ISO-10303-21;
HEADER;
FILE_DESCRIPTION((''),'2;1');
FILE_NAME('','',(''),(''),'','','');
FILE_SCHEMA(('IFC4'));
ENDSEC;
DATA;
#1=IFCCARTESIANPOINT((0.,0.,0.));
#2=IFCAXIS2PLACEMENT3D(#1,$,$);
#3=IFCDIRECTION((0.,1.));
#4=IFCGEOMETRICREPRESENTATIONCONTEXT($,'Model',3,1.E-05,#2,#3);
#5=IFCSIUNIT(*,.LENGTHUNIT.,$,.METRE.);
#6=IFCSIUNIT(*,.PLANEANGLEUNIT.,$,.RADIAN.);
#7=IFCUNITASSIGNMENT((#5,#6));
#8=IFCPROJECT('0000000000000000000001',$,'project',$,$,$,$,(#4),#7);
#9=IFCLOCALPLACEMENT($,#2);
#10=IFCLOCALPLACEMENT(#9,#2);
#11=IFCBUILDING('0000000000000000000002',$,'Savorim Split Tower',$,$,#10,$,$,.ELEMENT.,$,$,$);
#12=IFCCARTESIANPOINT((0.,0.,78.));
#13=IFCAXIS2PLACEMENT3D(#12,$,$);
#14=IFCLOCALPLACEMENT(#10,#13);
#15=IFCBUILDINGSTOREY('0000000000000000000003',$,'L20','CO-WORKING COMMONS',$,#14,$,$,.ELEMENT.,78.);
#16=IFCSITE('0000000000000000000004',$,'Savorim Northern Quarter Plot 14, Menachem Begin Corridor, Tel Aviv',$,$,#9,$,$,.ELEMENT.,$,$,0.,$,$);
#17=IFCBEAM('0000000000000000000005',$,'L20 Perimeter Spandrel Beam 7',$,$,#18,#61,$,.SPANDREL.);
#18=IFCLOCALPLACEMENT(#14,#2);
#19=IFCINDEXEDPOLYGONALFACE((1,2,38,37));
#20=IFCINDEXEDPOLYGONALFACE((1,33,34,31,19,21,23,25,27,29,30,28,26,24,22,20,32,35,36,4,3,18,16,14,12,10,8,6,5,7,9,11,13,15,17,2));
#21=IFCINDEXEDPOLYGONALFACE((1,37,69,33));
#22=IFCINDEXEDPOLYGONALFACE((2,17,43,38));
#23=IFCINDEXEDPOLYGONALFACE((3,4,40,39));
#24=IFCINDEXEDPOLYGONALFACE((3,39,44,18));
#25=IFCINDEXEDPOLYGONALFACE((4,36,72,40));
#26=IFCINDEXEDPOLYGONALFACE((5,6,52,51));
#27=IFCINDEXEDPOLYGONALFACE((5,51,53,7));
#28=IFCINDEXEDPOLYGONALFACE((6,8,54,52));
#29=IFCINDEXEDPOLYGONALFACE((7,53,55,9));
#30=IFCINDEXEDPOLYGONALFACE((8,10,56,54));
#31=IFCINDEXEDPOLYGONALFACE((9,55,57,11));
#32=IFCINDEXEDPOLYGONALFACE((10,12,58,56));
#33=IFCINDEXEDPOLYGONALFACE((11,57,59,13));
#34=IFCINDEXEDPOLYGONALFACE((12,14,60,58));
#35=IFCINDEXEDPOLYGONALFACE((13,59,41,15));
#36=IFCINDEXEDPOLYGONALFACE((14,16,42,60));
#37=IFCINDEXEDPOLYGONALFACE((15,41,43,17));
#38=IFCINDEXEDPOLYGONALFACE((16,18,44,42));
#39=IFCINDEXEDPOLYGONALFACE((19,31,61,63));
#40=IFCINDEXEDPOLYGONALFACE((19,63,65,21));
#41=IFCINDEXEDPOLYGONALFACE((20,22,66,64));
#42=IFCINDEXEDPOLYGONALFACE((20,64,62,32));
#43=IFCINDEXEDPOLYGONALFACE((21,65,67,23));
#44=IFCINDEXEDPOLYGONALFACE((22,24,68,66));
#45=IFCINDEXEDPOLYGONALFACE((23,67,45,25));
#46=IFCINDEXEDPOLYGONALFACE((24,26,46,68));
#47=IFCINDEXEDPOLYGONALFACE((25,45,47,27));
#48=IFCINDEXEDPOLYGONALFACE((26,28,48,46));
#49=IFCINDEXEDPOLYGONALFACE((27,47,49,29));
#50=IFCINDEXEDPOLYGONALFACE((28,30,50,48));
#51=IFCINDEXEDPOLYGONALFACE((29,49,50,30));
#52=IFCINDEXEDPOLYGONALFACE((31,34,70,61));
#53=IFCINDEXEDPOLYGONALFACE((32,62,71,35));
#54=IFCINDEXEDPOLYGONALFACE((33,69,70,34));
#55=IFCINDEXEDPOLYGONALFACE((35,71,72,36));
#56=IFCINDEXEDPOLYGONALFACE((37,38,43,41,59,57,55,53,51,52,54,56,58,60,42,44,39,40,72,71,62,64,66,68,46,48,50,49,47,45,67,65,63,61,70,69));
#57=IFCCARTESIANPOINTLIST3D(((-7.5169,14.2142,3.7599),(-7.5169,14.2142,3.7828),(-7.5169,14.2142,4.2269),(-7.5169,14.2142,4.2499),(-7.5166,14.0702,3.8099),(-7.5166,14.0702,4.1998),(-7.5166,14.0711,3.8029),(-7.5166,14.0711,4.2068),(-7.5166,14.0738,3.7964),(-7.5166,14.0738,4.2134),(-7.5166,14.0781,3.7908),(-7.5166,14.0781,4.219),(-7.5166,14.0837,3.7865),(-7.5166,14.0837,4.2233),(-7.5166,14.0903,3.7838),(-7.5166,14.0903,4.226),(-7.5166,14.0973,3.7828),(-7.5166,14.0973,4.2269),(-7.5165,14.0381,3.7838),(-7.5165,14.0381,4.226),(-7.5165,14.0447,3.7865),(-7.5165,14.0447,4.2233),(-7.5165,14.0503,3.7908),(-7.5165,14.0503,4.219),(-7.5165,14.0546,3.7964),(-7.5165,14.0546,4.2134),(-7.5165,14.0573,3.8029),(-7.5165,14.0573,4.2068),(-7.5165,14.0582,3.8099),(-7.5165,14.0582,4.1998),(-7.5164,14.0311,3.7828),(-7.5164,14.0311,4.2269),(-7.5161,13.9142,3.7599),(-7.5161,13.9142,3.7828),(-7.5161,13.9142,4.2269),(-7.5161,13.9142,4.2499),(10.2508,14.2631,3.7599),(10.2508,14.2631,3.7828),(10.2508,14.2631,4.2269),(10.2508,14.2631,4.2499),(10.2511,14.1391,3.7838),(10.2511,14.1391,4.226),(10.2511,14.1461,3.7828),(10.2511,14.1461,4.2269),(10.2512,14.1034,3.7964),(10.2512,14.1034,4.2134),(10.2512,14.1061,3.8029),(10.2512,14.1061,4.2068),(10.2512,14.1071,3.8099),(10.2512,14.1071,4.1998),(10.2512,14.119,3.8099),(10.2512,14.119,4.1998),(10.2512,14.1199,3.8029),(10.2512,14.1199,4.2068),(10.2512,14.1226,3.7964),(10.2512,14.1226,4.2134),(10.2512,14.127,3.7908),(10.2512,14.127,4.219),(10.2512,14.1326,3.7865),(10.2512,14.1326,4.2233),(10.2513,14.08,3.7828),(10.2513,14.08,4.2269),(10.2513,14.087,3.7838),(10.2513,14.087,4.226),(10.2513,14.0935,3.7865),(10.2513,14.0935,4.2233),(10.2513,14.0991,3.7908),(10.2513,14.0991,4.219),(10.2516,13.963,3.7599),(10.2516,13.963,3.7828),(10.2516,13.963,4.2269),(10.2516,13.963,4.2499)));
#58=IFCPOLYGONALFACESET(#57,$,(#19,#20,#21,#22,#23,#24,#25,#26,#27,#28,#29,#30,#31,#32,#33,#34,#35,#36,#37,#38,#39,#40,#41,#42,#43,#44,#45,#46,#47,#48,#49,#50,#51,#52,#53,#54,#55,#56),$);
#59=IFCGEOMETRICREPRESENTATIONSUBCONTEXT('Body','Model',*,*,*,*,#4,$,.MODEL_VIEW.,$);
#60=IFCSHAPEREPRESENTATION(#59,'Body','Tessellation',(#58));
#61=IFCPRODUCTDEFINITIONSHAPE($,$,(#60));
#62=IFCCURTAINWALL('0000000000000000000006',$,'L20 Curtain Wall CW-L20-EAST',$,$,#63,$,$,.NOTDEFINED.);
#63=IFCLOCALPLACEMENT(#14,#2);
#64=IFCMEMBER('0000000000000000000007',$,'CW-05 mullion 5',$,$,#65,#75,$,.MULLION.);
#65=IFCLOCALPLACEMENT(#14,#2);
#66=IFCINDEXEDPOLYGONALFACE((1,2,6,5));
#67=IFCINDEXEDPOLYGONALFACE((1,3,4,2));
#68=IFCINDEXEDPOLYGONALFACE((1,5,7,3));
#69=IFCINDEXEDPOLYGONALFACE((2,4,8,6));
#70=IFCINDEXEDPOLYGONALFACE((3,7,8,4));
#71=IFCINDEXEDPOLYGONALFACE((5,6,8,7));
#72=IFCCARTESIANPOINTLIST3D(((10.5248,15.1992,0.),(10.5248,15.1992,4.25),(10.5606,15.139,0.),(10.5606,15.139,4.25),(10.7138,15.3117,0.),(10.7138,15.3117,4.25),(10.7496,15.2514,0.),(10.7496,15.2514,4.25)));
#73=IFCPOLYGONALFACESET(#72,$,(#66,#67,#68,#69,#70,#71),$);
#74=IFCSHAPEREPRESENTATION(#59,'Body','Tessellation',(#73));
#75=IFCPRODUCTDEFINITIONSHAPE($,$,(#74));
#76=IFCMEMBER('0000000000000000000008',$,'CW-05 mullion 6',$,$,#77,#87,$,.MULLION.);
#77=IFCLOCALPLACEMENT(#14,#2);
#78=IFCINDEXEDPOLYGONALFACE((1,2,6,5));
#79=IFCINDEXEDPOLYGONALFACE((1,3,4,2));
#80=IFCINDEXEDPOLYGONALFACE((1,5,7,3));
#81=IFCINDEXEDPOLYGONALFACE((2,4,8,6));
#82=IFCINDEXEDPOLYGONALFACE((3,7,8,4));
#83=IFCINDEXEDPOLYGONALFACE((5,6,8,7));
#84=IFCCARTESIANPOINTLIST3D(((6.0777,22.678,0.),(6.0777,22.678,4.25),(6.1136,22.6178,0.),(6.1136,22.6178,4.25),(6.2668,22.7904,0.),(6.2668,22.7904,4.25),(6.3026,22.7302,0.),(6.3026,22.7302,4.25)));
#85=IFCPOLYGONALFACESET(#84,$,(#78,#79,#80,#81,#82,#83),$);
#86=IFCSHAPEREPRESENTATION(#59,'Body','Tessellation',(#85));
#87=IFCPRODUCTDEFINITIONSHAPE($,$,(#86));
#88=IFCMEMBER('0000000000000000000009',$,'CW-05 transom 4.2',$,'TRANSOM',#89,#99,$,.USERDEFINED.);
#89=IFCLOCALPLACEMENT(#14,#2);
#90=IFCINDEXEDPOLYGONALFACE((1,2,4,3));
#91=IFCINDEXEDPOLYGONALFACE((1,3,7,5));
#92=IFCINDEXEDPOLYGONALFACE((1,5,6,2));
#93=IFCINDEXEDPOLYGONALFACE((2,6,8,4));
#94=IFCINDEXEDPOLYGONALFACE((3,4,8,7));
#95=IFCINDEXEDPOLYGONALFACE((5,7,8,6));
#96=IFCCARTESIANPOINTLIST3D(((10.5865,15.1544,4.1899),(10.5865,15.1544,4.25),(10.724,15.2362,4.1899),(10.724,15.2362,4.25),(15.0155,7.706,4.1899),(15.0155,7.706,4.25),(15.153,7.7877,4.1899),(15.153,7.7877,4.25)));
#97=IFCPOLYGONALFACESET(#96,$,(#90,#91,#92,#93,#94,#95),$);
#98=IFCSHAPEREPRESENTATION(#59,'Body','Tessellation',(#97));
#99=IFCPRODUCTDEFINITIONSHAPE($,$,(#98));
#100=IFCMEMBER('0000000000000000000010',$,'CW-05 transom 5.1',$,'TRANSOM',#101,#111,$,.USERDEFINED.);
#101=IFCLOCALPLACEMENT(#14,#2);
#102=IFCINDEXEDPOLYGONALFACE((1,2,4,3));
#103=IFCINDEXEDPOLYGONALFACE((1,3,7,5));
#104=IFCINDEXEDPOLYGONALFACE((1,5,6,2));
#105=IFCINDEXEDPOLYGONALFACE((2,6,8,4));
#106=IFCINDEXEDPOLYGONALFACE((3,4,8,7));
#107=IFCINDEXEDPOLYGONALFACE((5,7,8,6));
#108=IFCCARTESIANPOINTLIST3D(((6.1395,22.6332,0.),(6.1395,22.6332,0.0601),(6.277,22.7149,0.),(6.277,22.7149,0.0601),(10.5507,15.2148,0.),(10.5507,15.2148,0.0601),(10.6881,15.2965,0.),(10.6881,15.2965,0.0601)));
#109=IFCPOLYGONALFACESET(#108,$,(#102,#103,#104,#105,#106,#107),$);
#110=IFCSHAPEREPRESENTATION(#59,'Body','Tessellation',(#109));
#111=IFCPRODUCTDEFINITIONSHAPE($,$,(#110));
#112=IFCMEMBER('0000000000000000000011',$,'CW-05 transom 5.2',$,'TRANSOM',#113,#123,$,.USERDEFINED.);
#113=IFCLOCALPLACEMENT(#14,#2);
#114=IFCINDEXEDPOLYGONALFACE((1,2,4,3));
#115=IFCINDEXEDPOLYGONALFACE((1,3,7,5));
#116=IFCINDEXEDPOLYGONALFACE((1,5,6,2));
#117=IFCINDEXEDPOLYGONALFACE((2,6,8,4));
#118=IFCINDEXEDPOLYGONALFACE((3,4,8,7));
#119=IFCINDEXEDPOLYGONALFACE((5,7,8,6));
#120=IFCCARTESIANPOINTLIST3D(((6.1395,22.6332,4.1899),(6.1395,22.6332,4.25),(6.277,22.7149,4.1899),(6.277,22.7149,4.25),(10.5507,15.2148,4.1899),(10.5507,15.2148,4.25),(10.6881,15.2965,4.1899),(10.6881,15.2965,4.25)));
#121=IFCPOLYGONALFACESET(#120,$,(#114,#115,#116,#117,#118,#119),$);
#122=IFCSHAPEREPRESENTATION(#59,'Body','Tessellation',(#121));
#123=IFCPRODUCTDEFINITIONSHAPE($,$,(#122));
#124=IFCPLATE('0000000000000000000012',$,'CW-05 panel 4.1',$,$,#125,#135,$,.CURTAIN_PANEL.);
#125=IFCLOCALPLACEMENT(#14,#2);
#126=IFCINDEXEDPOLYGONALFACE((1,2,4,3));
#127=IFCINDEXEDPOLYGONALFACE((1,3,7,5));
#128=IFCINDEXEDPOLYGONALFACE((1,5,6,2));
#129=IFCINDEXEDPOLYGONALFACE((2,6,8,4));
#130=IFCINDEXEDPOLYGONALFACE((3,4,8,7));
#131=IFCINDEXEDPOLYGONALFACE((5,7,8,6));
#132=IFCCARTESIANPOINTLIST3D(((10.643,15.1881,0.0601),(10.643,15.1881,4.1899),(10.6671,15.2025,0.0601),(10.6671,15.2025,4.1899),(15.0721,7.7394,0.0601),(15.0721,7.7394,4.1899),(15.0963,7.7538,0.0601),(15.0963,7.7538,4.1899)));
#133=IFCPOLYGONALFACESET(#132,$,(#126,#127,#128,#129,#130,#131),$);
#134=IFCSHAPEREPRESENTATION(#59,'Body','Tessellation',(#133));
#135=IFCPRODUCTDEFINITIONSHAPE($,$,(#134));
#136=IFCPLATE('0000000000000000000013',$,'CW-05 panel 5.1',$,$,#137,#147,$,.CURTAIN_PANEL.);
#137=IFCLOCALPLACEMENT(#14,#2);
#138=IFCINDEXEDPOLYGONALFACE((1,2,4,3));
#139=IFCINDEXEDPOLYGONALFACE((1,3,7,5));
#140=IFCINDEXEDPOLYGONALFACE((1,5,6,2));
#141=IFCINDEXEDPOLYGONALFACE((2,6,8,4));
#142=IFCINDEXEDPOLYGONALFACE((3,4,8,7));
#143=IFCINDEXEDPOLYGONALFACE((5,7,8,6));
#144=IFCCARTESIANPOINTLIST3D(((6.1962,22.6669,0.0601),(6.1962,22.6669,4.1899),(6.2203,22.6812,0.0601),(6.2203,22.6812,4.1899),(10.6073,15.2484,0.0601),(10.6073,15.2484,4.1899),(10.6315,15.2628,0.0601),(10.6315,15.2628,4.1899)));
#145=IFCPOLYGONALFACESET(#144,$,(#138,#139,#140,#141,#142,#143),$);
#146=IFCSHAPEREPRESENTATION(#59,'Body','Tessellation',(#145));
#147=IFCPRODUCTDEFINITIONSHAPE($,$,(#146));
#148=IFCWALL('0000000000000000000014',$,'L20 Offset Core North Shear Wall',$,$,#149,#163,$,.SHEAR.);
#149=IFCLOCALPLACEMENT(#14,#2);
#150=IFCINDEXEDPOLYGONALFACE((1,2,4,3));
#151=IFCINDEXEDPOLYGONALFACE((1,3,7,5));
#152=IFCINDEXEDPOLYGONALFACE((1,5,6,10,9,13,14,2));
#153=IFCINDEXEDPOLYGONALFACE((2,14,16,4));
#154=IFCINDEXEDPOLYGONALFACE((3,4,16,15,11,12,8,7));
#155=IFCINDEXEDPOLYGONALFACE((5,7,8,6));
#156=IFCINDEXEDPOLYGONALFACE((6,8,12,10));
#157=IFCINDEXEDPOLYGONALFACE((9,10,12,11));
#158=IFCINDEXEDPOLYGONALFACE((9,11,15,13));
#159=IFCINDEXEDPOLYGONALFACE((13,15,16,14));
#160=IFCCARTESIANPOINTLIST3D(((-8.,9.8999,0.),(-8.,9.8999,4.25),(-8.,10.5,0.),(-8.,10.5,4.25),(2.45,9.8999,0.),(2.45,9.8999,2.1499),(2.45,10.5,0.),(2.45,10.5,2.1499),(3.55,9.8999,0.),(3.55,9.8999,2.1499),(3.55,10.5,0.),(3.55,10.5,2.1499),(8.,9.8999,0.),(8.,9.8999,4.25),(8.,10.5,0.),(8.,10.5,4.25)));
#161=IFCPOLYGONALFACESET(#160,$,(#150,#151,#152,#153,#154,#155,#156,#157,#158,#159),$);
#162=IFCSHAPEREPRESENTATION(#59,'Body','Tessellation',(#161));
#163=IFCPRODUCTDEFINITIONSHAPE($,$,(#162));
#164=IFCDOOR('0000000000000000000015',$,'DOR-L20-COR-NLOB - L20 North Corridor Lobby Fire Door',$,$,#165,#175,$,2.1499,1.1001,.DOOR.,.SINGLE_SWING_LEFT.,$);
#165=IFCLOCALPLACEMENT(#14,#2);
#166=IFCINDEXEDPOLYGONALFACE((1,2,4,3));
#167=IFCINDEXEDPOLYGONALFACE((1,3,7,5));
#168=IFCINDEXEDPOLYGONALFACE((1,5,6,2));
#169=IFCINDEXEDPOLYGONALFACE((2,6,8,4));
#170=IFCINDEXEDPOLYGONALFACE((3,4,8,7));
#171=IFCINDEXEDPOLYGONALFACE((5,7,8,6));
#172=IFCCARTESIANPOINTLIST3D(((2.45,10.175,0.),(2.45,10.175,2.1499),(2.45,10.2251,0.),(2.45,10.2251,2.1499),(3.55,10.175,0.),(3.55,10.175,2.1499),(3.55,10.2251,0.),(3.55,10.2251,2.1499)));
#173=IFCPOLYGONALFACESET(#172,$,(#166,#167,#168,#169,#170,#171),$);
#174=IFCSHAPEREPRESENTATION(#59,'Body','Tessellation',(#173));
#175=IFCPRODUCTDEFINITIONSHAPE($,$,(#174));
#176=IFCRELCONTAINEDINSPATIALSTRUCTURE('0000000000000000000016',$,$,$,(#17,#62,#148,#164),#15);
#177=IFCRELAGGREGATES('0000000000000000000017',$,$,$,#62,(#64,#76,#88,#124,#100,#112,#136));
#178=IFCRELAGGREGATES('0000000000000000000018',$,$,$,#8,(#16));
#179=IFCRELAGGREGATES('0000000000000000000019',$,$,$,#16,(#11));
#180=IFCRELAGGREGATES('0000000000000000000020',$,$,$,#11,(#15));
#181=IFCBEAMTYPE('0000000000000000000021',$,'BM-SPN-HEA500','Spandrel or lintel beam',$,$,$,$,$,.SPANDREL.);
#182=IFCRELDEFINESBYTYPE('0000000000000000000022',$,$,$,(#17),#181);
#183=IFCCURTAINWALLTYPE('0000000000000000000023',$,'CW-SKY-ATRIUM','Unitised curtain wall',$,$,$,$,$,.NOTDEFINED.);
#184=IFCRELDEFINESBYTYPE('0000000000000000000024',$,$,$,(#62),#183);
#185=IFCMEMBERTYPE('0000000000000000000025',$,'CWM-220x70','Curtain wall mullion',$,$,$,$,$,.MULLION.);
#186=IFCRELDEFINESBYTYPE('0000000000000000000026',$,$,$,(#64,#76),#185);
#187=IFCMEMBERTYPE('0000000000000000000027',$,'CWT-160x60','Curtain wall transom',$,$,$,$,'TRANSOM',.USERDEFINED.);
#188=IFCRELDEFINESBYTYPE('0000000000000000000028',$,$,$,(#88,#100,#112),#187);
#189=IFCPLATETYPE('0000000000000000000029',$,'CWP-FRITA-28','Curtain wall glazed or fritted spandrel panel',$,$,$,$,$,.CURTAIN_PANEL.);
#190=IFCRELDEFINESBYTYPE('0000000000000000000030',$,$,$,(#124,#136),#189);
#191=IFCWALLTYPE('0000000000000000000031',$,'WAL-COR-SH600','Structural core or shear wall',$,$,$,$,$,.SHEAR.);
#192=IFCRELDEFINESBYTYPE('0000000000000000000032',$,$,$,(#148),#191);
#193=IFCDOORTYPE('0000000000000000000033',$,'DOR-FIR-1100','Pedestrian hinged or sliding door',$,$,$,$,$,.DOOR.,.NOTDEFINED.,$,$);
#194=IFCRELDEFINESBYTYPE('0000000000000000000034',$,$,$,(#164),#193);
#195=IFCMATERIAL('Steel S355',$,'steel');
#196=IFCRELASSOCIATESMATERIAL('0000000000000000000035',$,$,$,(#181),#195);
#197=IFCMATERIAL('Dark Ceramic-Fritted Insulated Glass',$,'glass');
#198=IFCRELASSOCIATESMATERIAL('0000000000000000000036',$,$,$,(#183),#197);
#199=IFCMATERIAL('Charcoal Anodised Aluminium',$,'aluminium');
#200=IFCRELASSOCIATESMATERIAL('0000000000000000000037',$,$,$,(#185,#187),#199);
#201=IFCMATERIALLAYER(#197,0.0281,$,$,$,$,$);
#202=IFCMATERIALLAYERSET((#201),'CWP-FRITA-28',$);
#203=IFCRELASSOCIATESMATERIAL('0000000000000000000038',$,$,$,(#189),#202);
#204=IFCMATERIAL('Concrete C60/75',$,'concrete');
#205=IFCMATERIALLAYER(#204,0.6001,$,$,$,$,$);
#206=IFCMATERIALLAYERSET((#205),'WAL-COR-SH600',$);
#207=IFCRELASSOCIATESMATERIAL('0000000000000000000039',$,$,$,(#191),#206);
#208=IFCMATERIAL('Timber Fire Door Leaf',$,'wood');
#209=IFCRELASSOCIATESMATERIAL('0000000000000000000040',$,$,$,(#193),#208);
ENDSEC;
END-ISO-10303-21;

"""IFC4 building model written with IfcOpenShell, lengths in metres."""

from ifc_helpers import new_model, si_unit, direction, frame, frame_2d, origin, origin_2d, place, context, subcontext, project, spatial, rectangle, i_section, extrude, material, layer, layer_set, material_profile, profile_set, type_object, element, fill, aggregate, save


model = new_model("IFC4")

# Units and contexts
model_context = context("Model", 3, precision=1e-05, world=origin(), true_north=direction((0.0, 1.0)))
body_context = subcontext(model_context, "Body", "Model", "MODEL_VIEW")
ifc_project = project(units=[si_unit("LENGTHUNIT", "METRE"), si_unit("PLANEANGLEUNIT", "RADIAN")], contexts=[model_context])

# Site, building, storey
site_placement = place(None, origin())
site = spatial("IfcSite", under=ifc_project, at=site_placement, Name="Savorim Northern Quarter Plot 14, Menachem Begin Corridor, Tel Aviv", CompositionType="ELEMENT", RefElevation=0.0)
building_placement = place(site_placement, origin())
building = spatial("IfcBuilding", under=site, at=building_placement, Name="Savorim Split Tower", CompositionType="ELEMENT")
storey_placement = place(building_placement, frame((0.0, 0.0, 78.0)))
storey = spatial("IfcBuildingStorey", under=building, at=storey_placement, Name="L20", Description="CO-WORKING COMMONS", CompositionType="ELEMENT", Elevation=78.0)

# Beam
ifc_material_1 = material(Name="Steel S355", Category="steel")
ifc_material_profile_1 = material_profile(ifc_material_1, i_section(OverallWidth=0.3, OverallDepth=0.49, WebThickness=0.012, FlangeThickness=0.0229, FilletRadius=0.0271, at=origin_2d()), Name="HEA 500")
ifc_profile_set_1 = profile_set([ifc_material_profile_1], Name="Steel S355")
beam_type_1 = type_object("IfcBeamType", Name="BM-SPN-HEA500", Description="Spandrel or lintel beam", PredefinedType="SPANDREL", material=ifc_profile_set_1)
beam_1_placement = place(storey_placement, frame((10.2512, 14.113, 4.0049), z_axis=(-0.999996, -0.002748, 0.0), x_axis=(0.002748, -0.999996, 0.0)))
element("IfcBeam", 1, at=beam_1_placement, inside=storey, type_object=beam_type_1, Name="L20 Perimeter Spandrel Beam 7", PredefinedType="SPANDREL", context=body_context, shape_type="SweptSolid", body=[
    extrude(i_section(OverallWidth=0.3, OverallDepth=0.49, WebThickness=0.012, FlangeThickness=0.0229, FilletRadius=0.0271, at=origin_2d()), origin(), (0.0, 0.0, 1.0), 17.7678),
])

# Curtain wall, members, plates
ifc_material_2 = material(Name="Dark Ceramic-Fritted Insulated Glass", Category="glass")
curtain_wall_type = type_object("IfcCurtainWallType", Name="CW-SKY-ATRIUM", Description="Unitised curtain wall", PredefinedType="NOTDEFINED", material=ifc_material_2)
curtain_wall_placement = place(storey_placement, origin())
curtain_wall = element("IfcCurtainWall", 2, at=curtain_wall_placement, inside=storey, type_object=curtain_wall_type, Name="L20 Curtain Wall CW-L20-EAST", PredefinedType="NOTDEFINED")
ifc_material_3 = material(Name="Charcoal Anodised Aluminium", Category="aluminium")
ifc_material_profile_2 = material_profile(ifc_material_3, rectangle(XDim=0.22, YDim=0.0701, at=origin_2d()), Name="ALU-M 220x70")
ifc_profile_set_2 = profile_set([ifc_material_profile_2], Name="Charcoal Anodised Aluminium")
member_type_1 = type_object("IfcMemberType", Name="CWM-220x70", Description="Curtain wall mullion", PredefinedType="MULLION", material=ifc_profile_set_2)
member_1_placement = place(storey_placement, frame((10.6372, 15.2253, 0.0), z_axis=(0.0, 0.0, 1.0), x_axis=(-0.859525, -0.511093, 0.0)))
member_1 = element("IfcMember", 3, at=member_1_placement, type_object=member_type_1, Name="CW-05 mullion 5", PredefinedType="MULLION", context=body_context, shape_type="SweptSolid", body=[
    extrude(rectangle(XDim=0.22, YDim=0.0701, at=origin_2d()), origin(), (0.0, 0.0, 1.0), 4.25),
])
member_2_placement = place(storey_placement, frame((6.1902, 22.7041, 0.0), z_axis=(0.0, 0.0, 1.0), x_axis=(-0.859525, -0.511093, 0.0)))
member_2 = element("IfcMember", 4, at=member_2_placement, type_object=member_type_1, Name="CW-05 mullion 6", PredefinedType="MULLION", context=body_context, shape_type="SweptSolid", body=[
    extrude(rectangle(XDim=0.22, YDim=0.0701, at=origin_2d()), origin(), (0.0, 0.0, 1.0), 4.25),
])
ifc_material_profile_3 = material_profile(ifc_material_3, rectangle(XDim=0.1599, YDim=0.0601, at=origin_2d()), Name="ALU-T 160x60")
ifc_profile_set_3 = profile_set([ifc_material_profile_3], Name="Charcoal Anodised Aluminium")
member_type_2 = type_object("IfcMemberType", Name="CWT-160x60", Description="Curtain wall transom", ElementType="TRANSOM", PredefinedType="USERDEFINED", material=ifc_profile_set_3)
member_3_placement = place(storey_placement, frame((15.0842, 7.7468, 4.22), z_axis=(-0.511086, 0.85953, 0.0), x_axis=(-0.85953, -0.511086, 0.0)))
member_3 = element("IfcMember", 5, at=member_3_placement, type_object=member_type_2, Name="CW-05 transom 4.2", ObjectType="TRANSOM", PredefinedType="USERDEFINED", context=body_context, shape_type="SweptSolid", body=[
    extrude(rectangle(XDim=0.1599, YDim=0.0601, at=origin_2d()), origin(), (0.0, 0.0, 1.0), 8.6658),
])
member_4_placement = place(storey_placement, frame((10.6194, 15.2556, 0.03), z_axis=(-0.511089, 0.859528, 0.0), x_axis=(-0.859528, -0.511089, 0.0)))
member_4 = element("IfcMember", 6, at=member_4_placement, type_object=member_type_2, Name="CW-05 transom 5.1", ObjectType="TRANSOM", PredefinedType="USERDEFINED", context=body_context, shape_type="SweptSolid", body=[
    extrude(rectangle(XDim=0.1599, YDim=0.0601, at=origin_2d()), origin(), (0.0, 0.0, 1.0), 8.6309),
])
member_5_placement = place(storey_placement, frame((10.6194, 15.2556, 4.22), z_axis=(-0.511089, 0.859528, 0.0), x_axis=(-0.859528, -0.511089, 0.0)))
member_5 = element("IfcMember", 7, at=member_5_placement, type_object=member_type_2, Name="CW-05 transom 5.2", ObjectType="TRANSOM", PredefinedType="USERDEFINED", context=body_context, shape_type="SweptSolid", body=[
    extrude(rectangle(XDim=0.1599, YDim=0.0601, at=origin_2d()), origin(), (0.0, 0.0, 1.0), 8.6309),
])
ifc_layer_1 = layer(ifc_material_2, 0.0281)
ifc_layer_set_1 = layer_set([ifc_layer_1], Name="CWP-FRITA-28")
plate_type = type_object("IfcPlateType", Name="CWP-FRITA-28", Description="Curtain wall glazed or fritted spandrel panel", PredefinedType="CURTAIN_PANEL", material=ifc_layer_set_1)
plate_1_placement = place(storey_placement, frame((12.8696, 11.4709, 0.0601), z_axis=(0.0, 0.0, 1.0), x_axis=(-0.511093, 0.859525, 0.0)))
plate_1 = element("IfcPlate", 8, at=plate_1_placement, type_object=plate_type, Name="CW-05 panel 4.1", PredefinedType="CURTAIN_PANEL", context=body_context, shape_type="SweptSolid", body=[
    extrude(rectangle(XDim=8.666, YDim=0.0281, at=origin_2d()), origin(), (0.0, 0.0, 1.0), 4.1299),
])
plate_2_placement = place(storey_placement, frame((8.4138, 18.9648, 0.0601), z_axis=(0.0, 0.0, 1.0), x_axis=(-0.511093, 0.859525, 0.0)))
plate_2 = element("IfcPlate", 9, at=plate_2_placement, type_object=plate_type, Name="CW-05 panel 5.1", PredefinedType="CURTAIN_PANEL", context=body_context, shape_type="SweptSolid", body=[
    extrude(rectangle(XDim=8.6309, YDim=0.0281, at=origin_2d()), origin(), (0.0, 0.0, 1.0), 4.1299),
])
aggregate(curtain_wall, [member_1, member_2, member_3, plate_1, member_4, member_5, plate_2])

# Wall, opening, door
ifc_material_4 = material(Name="Concrete C60/75", Category="concrete")
ifc_layer_2 = layer(ifc_material_4, 0.6001)
ifc_layer_set_2 = layer_set([ifc_layer_2], Name="WAL-COR-SH600")
wall_type_1 = type_object("IfcWallType", Name="WAL-COR-SH600", Description="Structural core or shear wall", PredefinedType="SHEAR", material=ifc_layer_set_2)
wall_1_placement = place(storey_placement, frame((8.0, 10.2, 0.0), z_axis=(0.0, 0.0, 1.0), x_axis=(-1.0, 0.0, 0.0)))
wall_1 = element("IfcWall", 10, at=wall_1_placement, inside=storey, type_object=wall_type_1, Name="L20 Offset Core North Shear Wall", PredefinedType="SHEAR", context=body_context, shape_type="SweptSolid", body=[
    extrude(rectangle(XDim=16.0, YDim=0.6001, at=frame_2d((8.0, 0.0))), origin(), (0.0, 0.0, 1.0), 4.25),
])
opening_1_placement = place(wall_1_placement, frame((4.45, 0.0, 0.0)))
opening_1 = element("IfcOpeningElement", 11, at=opening_1_placement, cuts=wall_1, PredefinedType="OPENING", context=body_context, shape_type="SweptSolid", body=[
    extrude(rectangle(XDim=1.1001, YDim=2.1499, at=frame_2d((0.55, 1.075))), frame((0.0, 0.3101, 0.0), z_axis=(0.0, -1.0, 0.0), x_axis=(1.0, 0.0, 0.0)), (0.0, 0.0, 1.0), 0.6201),
])
ifc_material_5 = material(Name="Timber Fire Door Leaf", Category="wood")
door_type_1 = type_object("IfcDoorType", Name="DOR-FIR-1100", Description="Pedestrian hinged or sliding door", OperationType="NOTDEFINED", PredefinedType="DOOR", material=ifc_material_5)
door_1_placement = place(opening_1_placement, origin())
door_1 = element("IfcDoor", 12, at=door_1_placement, inside=storey, type_object=door_type_1, Name="DOR-L20-COR-NLOB - L20 North Corridor Lobby Fire Door", OperationType="SINGLE_SWING_LEFT", OverallHeight=2.1499, OverallWidth=1.1001, PredefinedType="DOOR", context=body_context, shape_type="SweptSolid", body=[
    extrude(rectangle(XDim=1.1001, YDim=2.1499, at=frame_2d((0.55, 1.075))), frame((0.0, 0.0249, 0.0), z_axis=(0.0, -1.0, 0.0), x_axis=(1.0, 0.0, 0.0)), (0.0, 0.0, 1.0), 0.05),
])
fill(opening_1, door_1)

save(model, "model.ifc")
